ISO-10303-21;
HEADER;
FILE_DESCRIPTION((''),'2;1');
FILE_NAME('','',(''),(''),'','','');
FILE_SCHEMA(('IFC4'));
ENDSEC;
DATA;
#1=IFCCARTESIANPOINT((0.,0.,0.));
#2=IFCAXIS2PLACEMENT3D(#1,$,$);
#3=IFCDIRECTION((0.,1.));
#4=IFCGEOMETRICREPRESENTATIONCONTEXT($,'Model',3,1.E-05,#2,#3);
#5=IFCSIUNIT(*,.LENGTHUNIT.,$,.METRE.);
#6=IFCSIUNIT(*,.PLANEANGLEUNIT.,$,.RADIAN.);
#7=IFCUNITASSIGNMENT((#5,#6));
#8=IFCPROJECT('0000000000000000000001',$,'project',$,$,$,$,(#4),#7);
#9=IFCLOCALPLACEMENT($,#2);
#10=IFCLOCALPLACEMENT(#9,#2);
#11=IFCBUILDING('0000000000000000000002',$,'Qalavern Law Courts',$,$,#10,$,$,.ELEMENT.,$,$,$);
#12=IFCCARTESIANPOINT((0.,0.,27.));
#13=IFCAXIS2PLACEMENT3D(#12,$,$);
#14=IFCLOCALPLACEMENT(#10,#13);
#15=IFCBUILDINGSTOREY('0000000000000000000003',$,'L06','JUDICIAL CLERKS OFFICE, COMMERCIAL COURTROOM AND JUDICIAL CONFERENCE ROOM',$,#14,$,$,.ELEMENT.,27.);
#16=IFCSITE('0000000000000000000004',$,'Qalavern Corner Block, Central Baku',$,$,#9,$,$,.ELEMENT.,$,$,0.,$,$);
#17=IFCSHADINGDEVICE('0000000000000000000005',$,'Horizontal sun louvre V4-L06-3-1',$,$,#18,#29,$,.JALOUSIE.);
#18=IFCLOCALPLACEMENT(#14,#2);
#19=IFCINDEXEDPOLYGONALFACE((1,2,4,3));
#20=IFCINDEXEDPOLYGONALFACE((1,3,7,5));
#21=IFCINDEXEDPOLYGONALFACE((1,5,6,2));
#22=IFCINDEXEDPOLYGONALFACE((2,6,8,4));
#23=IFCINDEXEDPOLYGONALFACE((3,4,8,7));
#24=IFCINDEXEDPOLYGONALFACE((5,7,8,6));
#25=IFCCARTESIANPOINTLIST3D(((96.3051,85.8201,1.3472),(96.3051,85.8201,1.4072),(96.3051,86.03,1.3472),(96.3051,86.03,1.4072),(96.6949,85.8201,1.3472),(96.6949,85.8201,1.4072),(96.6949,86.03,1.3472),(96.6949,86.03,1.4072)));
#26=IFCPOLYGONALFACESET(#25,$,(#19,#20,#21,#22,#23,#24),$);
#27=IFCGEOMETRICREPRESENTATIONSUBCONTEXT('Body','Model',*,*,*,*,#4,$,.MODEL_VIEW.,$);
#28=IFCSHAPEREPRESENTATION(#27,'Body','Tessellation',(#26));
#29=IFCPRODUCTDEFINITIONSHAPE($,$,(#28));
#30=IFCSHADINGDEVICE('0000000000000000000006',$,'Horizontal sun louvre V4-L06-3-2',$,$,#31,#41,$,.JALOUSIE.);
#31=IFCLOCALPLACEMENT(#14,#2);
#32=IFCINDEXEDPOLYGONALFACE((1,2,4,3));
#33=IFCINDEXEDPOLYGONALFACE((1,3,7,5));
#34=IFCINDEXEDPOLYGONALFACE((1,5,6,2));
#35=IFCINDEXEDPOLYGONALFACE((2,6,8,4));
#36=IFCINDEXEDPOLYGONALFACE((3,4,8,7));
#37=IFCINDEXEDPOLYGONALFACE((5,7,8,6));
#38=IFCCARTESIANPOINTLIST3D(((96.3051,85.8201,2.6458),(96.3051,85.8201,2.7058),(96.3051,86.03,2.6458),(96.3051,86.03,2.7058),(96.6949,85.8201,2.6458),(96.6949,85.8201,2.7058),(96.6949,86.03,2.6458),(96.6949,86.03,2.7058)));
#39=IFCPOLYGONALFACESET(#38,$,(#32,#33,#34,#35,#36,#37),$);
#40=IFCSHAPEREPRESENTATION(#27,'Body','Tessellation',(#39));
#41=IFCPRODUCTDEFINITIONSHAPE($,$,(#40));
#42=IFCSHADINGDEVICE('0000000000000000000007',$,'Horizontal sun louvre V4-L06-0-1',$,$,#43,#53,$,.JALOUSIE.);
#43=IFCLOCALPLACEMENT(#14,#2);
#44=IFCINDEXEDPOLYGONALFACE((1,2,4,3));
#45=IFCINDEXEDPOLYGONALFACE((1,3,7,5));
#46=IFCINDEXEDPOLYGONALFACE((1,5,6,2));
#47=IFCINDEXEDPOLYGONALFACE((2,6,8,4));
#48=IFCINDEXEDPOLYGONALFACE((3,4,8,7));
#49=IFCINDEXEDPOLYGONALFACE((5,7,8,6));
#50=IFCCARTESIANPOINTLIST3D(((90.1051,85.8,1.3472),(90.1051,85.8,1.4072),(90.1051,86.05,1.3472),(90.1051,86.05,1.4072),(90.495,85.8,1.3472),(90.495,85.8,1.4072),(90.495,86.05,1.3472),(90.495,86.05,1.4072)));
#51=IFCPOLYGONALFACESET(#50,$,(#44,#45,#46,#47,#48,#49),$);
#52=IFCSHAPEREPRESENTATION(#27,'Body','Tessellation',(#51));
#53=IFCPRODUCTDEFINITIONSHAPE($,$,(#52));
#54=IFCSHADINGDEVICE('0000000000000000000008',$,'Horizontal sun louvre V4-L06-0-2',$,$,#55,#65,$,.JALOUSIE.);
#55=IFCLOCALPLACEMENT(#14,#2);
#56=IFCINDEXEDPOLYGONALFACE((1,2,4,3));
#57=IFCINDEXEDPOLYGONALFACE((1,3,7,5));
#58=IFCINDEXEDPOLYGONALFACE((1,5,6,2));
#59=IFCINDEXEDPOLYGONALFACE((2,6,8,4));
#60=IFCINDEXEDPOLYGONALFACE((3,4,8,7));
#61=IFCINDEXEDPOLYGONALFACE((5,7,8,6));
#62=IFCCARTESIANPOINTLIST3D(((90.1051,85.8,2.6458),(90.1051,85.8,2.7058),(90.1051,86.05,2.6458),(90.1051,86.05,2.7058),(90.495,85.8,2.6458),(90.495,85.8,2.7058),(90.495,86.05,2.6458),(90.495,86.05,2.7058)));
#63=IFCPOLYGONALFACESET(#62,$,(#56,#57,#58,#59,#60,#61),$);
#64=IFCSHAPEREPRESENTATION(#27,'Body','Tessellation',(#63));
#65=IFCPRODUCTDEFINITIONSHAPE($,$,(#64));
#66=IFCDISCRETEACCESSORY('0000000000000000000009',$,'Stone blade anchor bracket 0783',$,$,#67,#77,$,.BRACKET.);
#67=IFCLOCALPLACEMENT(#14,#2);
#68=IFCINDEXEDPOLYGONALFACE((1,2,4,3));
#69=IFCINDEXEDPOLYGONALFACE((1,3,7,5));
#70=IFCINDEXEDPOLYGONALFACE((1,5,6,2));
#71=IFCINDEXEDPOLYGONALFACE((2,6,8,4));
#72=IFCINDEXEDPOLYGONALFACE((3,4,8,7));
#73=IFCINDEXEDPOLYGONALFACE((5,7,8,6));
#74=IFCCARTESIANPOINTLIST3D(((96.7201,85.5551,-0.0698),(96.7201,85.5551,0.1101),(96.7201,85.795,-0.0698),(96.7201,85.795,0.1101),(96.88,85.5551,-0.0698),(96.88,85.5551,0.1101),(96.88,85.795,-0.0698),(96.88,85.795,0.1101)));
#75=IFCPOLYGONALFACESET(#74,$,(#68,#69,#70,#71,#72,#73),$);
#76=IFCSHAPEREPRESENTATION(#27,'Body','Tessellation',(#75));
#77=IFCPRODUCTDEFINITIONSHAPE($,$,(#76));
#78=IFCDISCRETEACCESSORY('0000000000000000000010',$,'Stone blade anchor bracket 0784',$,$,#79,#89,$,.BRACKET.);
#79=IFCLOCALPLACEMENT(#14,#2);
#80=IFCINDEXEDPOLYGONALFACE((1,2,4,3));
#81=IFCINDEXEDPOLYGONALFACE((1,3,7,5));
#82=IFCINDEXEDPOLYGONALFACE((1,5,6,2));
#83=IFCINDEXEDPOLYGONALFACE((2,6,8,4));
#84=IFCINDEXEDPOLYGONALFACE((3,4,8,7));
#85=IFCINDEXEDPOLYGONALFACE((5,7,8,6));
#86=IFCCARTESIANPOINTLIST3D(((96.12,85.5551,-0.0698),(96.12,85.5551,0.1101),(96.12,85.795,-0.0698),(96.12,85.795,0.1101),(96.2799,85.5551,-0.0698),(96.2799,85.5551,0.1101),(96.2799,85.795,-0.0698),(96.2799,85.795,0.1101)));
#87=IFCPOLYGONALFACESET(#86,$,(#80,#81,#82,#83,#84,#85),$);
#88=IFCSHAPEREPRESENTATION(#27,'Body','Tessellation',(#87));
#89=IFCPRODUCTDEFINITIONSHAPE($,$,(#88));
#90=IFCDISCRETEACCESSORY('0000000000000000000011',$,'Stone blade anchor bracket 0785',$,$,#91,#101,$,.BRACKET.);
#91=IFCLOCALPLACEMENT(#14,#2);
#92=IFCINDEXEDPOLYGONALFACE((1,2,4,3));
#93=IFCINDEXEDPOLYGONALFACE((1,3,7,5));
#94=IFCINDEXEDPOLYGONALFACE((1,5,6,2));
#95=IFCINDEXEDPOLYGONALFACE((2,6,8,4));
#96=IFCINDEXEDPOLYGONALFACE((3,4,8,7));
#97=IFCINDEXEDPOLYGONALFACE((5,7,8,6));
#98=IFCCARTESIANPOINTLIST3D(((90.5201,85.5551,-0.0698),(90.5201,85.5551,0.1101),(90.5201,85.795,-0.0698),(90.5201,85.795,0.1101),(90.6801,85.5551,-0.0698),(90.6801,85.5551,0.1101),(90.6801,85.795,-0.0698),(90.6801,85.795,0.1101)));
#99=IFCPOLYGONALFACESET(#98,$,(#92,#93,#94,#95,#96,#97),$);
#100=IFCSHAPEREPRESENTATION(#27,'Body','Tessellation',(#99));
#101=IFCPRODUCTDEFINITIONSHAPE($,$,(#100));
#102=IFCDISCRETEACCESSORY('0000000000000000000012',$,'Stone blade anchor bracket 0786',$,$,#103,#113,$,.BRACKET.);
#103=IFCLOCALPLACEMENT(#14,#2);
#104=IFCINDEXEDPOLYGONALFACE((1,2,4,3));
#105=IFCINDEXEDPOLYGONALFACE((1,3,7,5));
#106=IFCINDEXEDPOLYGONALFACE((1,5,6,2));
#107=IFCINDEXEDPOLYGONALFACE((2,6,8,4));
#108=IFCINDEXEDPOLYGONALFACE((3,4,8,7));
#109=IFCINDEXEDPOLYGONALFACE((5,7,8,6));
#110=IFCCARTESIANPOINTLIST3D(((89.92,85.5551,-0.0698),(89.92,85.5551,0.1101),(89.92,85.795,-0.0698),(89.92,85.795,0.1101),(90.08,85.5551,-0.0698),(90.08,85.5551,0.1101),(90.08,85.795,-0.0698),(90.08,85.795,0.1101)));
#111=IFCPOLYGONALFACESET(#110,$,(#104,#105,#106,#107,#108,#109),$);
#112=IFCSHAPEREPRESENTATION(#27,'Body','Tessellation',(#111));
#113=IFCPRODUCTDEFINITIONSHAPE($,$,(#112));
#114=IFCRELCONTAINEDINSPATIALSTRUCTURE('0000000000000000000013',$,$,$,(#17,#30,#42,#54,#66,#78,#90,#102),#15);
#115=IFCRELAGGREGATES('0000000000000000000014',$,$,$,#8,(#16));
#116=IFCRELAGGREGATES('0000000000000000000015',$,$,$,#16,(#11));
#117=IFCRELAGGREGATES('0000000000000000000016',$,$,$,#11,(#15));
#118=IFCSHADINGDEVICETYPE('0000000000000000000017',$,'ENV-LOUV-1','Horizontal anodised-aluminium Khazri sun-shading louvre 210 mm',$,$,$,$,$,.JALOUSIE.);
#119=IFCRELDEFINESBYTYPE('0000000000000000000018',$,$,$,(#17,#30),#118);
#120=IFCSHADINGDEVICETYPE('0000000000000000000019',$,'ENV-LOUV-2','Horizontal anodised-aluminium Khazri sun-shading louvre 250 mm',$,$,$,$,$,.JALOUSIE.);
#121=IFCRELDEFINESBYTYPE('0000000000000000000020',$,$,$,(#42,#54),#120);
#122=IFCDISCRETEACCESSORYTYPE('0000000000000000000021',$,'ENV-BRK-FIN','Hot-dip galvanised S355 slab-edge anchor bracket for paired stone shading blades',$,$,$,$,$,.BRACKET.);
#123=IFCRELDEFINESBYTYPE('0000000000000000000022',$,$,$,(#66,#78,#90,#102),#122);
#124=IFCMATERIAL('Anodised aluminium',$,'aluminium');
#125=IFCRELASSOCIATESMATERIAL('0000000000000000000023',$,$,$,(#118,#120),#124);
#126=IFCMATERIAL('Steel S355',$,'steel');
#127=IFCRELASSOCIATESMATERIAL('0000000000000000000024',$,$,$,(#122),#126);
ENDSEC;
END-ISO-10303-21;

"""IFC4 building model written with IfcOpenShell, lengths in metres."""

from ifc_helpers import new_model, si_unit, direction, frame, origin, origin_2d, place, context, subcontext, project, spatial, rectangle, extrude, material, type_object, element, save


model = new_model("IFC4")

# Units and contexts
model_context = context("Model", 3, precision=1e-05, world=origin(), true_north=direction((0.0, 1.0)))
body_context = subcontext(model_context, "Body", "Model", "MODEL_VIEW")
ifc_project = project(units=[si_unit("LENGTHUNIT", "METRE"), si_unit("PLANEANGLEUNIT", "RADIAN")], contexts=[model_context])

# Site, building, storey
site_placement = place(None, origin())
site = spatial("IfcSite", under=ifc_project, at=site_placement, Name="Qalavern Corner Block, Central Baku", CompositionType="ELEMENT", RefElevation=0.0)
building_placement = place(site_placement, origin())
building = spatial("IfcBuilding", under=site, at=building_placement, Name="Qalavern Law Courts", CompositionType="ELEMENT")
storey_placement = place(building_placement, frame((0.0, 0.0, 27.0)))
storey = spatial("IfcBuildingStorey", under=building, at=storey_placement, Name="L06", Description="JUDICIAL CLERKS OFFICE, COMMERCIAL COURTROOM AND JUDICIAL CONFERENCE ROOM", CompositionType="ELEMENT", Elevation=27.0)

# Shared definitions
ifc_material_1 = material(Name="Anodised aluminium", Category="aluminium")

# Shading devices
shading_device_type_1 = type_object("IfcShadingDeviceType", Name="ENV-LOUV-1", Description="Horizontal anodised-aluminium Khazri sun-shading louvre 210 mm", PredefinedType="JALOUSIE", material=ifc_material_1)
for number, where, z_axis, x_axis, name in (
    (1, (96.5, 85.925, 1.3472), (0.0, 0.0, 1.0), (-1.0, 0.0, 0.0), "Horizontal sun louvre V4-L06-3-1"),
    (2, (96.5, 85.925, 2.6458), (0.0, 0.0, 1.0), (-1.0, 0.0, 0.0), "Horizontal sun louvre V4-L06-3-2"),
):
    element("IfcShadingDevice", number, at=place(storey_placement, frame(where, z_axis=z_axis, x_axis=x_axis)), inside=storey, type_object=shading_device_type_1, Name=name, PredefinedType="JALOUSIE", context=body_context, shape_type="SweptSolid", body=[
        extrude(rectangle(XDim=0.3899, YDim=0.21, at=origin_2d()), origin(), (0.0, 0.0, 1.0), 0.0601),
    ])
shading_device_type_2 = type_object("IfcShadingDeviceType", Name="ENV-LOUV-2", Description="Horizontal anodised-aluminium Khazri sun-shading louvre 250 mm", PredefinedType="JALOUSIE", material=ifc_material_1)
for number, where, z_axis, x_axis, name in (
    (3, (90.3, 85.925, 1.3472), (0.0, 0.0, 1.0), (-1.0, 0.0, 0.0), "Horizontal sun louvre V4-L06-0-1"),
    (4, (90.3, 85.925, 2.6458), (0.0, 0.0, 1.0), (-1.0, 0.0, 0.0), "Horizontal sun louvre V4-L06-0-2"),
):
    element("IfcShadingDevice", number, at=place(storey_placement, frame(where, z_axis=z_axis, x_axis=x_axis)), inside=storey, type_object=shading_device_type_2, Name=name, PredefinedType="JALOUSIE", context=body_context, shape_type="SweptSolid", body=[
        extrude(rectangle(XDim=0.3899, YDim=0.25, at=origin_2d()), origin(), (0.0, 0.0, 1.0), 0.0601),
    ])

# Discrete accessories
ifc_material_2 = material(Name="Steel S355", Category="steel")
discrete_accessory_type = type_object("IfcDiscreteAccessoryType", Name="ENV-BRK-FIN", Description="Hot-dip galvanised S355 slab-edge anchor bracket for paired stone shading blades", PredefinedType="BRACKET", material=ifc_material_2)
for number, where, z_axis, x_axis, name in (
    (5, (96.8, 85.675, -0.0698), (0.0, 0.0, 1.0), (0.0, 1.0, 0.0), "Stone blade anchor bracket 0783"),
    (6, (96.2, 85.675, -0.0698), (0.0, 0.0, 1.0), (0.0, 1.0, 0.0), "Stone blade anchor bracket 0784"),
    (7, (90.6001, 85.675, -0.0698), (0.0, 0.0, 1.0), (0.0, 1.0, 0.0), "Stone blade anchor bracket 0785"),
    (8, (90.0, 85.675, -0.0698), (0.0, 0.0, 1.0), (0.0, 1.0, 0.0), "Stone blade anchor bracket 0786"),
):
    element("IfcDiscreteAccessory", number, at=place(storey_placement, frame(where, z_axis=z_axis, x_axis=x_axis)), inside=storey, type_object=discrete_accessory_type, Name=name, PredefinedType="BRACKET", context=body_context, shape_type="SweptSolid", body=[
        extrude(rectangle(XDim=0.24, YDim=0.1599, at=origin_2d()), origin(), (0.0, 0.0, 1.0), 0.1799),
    ])

save(model, "model.ifc")
